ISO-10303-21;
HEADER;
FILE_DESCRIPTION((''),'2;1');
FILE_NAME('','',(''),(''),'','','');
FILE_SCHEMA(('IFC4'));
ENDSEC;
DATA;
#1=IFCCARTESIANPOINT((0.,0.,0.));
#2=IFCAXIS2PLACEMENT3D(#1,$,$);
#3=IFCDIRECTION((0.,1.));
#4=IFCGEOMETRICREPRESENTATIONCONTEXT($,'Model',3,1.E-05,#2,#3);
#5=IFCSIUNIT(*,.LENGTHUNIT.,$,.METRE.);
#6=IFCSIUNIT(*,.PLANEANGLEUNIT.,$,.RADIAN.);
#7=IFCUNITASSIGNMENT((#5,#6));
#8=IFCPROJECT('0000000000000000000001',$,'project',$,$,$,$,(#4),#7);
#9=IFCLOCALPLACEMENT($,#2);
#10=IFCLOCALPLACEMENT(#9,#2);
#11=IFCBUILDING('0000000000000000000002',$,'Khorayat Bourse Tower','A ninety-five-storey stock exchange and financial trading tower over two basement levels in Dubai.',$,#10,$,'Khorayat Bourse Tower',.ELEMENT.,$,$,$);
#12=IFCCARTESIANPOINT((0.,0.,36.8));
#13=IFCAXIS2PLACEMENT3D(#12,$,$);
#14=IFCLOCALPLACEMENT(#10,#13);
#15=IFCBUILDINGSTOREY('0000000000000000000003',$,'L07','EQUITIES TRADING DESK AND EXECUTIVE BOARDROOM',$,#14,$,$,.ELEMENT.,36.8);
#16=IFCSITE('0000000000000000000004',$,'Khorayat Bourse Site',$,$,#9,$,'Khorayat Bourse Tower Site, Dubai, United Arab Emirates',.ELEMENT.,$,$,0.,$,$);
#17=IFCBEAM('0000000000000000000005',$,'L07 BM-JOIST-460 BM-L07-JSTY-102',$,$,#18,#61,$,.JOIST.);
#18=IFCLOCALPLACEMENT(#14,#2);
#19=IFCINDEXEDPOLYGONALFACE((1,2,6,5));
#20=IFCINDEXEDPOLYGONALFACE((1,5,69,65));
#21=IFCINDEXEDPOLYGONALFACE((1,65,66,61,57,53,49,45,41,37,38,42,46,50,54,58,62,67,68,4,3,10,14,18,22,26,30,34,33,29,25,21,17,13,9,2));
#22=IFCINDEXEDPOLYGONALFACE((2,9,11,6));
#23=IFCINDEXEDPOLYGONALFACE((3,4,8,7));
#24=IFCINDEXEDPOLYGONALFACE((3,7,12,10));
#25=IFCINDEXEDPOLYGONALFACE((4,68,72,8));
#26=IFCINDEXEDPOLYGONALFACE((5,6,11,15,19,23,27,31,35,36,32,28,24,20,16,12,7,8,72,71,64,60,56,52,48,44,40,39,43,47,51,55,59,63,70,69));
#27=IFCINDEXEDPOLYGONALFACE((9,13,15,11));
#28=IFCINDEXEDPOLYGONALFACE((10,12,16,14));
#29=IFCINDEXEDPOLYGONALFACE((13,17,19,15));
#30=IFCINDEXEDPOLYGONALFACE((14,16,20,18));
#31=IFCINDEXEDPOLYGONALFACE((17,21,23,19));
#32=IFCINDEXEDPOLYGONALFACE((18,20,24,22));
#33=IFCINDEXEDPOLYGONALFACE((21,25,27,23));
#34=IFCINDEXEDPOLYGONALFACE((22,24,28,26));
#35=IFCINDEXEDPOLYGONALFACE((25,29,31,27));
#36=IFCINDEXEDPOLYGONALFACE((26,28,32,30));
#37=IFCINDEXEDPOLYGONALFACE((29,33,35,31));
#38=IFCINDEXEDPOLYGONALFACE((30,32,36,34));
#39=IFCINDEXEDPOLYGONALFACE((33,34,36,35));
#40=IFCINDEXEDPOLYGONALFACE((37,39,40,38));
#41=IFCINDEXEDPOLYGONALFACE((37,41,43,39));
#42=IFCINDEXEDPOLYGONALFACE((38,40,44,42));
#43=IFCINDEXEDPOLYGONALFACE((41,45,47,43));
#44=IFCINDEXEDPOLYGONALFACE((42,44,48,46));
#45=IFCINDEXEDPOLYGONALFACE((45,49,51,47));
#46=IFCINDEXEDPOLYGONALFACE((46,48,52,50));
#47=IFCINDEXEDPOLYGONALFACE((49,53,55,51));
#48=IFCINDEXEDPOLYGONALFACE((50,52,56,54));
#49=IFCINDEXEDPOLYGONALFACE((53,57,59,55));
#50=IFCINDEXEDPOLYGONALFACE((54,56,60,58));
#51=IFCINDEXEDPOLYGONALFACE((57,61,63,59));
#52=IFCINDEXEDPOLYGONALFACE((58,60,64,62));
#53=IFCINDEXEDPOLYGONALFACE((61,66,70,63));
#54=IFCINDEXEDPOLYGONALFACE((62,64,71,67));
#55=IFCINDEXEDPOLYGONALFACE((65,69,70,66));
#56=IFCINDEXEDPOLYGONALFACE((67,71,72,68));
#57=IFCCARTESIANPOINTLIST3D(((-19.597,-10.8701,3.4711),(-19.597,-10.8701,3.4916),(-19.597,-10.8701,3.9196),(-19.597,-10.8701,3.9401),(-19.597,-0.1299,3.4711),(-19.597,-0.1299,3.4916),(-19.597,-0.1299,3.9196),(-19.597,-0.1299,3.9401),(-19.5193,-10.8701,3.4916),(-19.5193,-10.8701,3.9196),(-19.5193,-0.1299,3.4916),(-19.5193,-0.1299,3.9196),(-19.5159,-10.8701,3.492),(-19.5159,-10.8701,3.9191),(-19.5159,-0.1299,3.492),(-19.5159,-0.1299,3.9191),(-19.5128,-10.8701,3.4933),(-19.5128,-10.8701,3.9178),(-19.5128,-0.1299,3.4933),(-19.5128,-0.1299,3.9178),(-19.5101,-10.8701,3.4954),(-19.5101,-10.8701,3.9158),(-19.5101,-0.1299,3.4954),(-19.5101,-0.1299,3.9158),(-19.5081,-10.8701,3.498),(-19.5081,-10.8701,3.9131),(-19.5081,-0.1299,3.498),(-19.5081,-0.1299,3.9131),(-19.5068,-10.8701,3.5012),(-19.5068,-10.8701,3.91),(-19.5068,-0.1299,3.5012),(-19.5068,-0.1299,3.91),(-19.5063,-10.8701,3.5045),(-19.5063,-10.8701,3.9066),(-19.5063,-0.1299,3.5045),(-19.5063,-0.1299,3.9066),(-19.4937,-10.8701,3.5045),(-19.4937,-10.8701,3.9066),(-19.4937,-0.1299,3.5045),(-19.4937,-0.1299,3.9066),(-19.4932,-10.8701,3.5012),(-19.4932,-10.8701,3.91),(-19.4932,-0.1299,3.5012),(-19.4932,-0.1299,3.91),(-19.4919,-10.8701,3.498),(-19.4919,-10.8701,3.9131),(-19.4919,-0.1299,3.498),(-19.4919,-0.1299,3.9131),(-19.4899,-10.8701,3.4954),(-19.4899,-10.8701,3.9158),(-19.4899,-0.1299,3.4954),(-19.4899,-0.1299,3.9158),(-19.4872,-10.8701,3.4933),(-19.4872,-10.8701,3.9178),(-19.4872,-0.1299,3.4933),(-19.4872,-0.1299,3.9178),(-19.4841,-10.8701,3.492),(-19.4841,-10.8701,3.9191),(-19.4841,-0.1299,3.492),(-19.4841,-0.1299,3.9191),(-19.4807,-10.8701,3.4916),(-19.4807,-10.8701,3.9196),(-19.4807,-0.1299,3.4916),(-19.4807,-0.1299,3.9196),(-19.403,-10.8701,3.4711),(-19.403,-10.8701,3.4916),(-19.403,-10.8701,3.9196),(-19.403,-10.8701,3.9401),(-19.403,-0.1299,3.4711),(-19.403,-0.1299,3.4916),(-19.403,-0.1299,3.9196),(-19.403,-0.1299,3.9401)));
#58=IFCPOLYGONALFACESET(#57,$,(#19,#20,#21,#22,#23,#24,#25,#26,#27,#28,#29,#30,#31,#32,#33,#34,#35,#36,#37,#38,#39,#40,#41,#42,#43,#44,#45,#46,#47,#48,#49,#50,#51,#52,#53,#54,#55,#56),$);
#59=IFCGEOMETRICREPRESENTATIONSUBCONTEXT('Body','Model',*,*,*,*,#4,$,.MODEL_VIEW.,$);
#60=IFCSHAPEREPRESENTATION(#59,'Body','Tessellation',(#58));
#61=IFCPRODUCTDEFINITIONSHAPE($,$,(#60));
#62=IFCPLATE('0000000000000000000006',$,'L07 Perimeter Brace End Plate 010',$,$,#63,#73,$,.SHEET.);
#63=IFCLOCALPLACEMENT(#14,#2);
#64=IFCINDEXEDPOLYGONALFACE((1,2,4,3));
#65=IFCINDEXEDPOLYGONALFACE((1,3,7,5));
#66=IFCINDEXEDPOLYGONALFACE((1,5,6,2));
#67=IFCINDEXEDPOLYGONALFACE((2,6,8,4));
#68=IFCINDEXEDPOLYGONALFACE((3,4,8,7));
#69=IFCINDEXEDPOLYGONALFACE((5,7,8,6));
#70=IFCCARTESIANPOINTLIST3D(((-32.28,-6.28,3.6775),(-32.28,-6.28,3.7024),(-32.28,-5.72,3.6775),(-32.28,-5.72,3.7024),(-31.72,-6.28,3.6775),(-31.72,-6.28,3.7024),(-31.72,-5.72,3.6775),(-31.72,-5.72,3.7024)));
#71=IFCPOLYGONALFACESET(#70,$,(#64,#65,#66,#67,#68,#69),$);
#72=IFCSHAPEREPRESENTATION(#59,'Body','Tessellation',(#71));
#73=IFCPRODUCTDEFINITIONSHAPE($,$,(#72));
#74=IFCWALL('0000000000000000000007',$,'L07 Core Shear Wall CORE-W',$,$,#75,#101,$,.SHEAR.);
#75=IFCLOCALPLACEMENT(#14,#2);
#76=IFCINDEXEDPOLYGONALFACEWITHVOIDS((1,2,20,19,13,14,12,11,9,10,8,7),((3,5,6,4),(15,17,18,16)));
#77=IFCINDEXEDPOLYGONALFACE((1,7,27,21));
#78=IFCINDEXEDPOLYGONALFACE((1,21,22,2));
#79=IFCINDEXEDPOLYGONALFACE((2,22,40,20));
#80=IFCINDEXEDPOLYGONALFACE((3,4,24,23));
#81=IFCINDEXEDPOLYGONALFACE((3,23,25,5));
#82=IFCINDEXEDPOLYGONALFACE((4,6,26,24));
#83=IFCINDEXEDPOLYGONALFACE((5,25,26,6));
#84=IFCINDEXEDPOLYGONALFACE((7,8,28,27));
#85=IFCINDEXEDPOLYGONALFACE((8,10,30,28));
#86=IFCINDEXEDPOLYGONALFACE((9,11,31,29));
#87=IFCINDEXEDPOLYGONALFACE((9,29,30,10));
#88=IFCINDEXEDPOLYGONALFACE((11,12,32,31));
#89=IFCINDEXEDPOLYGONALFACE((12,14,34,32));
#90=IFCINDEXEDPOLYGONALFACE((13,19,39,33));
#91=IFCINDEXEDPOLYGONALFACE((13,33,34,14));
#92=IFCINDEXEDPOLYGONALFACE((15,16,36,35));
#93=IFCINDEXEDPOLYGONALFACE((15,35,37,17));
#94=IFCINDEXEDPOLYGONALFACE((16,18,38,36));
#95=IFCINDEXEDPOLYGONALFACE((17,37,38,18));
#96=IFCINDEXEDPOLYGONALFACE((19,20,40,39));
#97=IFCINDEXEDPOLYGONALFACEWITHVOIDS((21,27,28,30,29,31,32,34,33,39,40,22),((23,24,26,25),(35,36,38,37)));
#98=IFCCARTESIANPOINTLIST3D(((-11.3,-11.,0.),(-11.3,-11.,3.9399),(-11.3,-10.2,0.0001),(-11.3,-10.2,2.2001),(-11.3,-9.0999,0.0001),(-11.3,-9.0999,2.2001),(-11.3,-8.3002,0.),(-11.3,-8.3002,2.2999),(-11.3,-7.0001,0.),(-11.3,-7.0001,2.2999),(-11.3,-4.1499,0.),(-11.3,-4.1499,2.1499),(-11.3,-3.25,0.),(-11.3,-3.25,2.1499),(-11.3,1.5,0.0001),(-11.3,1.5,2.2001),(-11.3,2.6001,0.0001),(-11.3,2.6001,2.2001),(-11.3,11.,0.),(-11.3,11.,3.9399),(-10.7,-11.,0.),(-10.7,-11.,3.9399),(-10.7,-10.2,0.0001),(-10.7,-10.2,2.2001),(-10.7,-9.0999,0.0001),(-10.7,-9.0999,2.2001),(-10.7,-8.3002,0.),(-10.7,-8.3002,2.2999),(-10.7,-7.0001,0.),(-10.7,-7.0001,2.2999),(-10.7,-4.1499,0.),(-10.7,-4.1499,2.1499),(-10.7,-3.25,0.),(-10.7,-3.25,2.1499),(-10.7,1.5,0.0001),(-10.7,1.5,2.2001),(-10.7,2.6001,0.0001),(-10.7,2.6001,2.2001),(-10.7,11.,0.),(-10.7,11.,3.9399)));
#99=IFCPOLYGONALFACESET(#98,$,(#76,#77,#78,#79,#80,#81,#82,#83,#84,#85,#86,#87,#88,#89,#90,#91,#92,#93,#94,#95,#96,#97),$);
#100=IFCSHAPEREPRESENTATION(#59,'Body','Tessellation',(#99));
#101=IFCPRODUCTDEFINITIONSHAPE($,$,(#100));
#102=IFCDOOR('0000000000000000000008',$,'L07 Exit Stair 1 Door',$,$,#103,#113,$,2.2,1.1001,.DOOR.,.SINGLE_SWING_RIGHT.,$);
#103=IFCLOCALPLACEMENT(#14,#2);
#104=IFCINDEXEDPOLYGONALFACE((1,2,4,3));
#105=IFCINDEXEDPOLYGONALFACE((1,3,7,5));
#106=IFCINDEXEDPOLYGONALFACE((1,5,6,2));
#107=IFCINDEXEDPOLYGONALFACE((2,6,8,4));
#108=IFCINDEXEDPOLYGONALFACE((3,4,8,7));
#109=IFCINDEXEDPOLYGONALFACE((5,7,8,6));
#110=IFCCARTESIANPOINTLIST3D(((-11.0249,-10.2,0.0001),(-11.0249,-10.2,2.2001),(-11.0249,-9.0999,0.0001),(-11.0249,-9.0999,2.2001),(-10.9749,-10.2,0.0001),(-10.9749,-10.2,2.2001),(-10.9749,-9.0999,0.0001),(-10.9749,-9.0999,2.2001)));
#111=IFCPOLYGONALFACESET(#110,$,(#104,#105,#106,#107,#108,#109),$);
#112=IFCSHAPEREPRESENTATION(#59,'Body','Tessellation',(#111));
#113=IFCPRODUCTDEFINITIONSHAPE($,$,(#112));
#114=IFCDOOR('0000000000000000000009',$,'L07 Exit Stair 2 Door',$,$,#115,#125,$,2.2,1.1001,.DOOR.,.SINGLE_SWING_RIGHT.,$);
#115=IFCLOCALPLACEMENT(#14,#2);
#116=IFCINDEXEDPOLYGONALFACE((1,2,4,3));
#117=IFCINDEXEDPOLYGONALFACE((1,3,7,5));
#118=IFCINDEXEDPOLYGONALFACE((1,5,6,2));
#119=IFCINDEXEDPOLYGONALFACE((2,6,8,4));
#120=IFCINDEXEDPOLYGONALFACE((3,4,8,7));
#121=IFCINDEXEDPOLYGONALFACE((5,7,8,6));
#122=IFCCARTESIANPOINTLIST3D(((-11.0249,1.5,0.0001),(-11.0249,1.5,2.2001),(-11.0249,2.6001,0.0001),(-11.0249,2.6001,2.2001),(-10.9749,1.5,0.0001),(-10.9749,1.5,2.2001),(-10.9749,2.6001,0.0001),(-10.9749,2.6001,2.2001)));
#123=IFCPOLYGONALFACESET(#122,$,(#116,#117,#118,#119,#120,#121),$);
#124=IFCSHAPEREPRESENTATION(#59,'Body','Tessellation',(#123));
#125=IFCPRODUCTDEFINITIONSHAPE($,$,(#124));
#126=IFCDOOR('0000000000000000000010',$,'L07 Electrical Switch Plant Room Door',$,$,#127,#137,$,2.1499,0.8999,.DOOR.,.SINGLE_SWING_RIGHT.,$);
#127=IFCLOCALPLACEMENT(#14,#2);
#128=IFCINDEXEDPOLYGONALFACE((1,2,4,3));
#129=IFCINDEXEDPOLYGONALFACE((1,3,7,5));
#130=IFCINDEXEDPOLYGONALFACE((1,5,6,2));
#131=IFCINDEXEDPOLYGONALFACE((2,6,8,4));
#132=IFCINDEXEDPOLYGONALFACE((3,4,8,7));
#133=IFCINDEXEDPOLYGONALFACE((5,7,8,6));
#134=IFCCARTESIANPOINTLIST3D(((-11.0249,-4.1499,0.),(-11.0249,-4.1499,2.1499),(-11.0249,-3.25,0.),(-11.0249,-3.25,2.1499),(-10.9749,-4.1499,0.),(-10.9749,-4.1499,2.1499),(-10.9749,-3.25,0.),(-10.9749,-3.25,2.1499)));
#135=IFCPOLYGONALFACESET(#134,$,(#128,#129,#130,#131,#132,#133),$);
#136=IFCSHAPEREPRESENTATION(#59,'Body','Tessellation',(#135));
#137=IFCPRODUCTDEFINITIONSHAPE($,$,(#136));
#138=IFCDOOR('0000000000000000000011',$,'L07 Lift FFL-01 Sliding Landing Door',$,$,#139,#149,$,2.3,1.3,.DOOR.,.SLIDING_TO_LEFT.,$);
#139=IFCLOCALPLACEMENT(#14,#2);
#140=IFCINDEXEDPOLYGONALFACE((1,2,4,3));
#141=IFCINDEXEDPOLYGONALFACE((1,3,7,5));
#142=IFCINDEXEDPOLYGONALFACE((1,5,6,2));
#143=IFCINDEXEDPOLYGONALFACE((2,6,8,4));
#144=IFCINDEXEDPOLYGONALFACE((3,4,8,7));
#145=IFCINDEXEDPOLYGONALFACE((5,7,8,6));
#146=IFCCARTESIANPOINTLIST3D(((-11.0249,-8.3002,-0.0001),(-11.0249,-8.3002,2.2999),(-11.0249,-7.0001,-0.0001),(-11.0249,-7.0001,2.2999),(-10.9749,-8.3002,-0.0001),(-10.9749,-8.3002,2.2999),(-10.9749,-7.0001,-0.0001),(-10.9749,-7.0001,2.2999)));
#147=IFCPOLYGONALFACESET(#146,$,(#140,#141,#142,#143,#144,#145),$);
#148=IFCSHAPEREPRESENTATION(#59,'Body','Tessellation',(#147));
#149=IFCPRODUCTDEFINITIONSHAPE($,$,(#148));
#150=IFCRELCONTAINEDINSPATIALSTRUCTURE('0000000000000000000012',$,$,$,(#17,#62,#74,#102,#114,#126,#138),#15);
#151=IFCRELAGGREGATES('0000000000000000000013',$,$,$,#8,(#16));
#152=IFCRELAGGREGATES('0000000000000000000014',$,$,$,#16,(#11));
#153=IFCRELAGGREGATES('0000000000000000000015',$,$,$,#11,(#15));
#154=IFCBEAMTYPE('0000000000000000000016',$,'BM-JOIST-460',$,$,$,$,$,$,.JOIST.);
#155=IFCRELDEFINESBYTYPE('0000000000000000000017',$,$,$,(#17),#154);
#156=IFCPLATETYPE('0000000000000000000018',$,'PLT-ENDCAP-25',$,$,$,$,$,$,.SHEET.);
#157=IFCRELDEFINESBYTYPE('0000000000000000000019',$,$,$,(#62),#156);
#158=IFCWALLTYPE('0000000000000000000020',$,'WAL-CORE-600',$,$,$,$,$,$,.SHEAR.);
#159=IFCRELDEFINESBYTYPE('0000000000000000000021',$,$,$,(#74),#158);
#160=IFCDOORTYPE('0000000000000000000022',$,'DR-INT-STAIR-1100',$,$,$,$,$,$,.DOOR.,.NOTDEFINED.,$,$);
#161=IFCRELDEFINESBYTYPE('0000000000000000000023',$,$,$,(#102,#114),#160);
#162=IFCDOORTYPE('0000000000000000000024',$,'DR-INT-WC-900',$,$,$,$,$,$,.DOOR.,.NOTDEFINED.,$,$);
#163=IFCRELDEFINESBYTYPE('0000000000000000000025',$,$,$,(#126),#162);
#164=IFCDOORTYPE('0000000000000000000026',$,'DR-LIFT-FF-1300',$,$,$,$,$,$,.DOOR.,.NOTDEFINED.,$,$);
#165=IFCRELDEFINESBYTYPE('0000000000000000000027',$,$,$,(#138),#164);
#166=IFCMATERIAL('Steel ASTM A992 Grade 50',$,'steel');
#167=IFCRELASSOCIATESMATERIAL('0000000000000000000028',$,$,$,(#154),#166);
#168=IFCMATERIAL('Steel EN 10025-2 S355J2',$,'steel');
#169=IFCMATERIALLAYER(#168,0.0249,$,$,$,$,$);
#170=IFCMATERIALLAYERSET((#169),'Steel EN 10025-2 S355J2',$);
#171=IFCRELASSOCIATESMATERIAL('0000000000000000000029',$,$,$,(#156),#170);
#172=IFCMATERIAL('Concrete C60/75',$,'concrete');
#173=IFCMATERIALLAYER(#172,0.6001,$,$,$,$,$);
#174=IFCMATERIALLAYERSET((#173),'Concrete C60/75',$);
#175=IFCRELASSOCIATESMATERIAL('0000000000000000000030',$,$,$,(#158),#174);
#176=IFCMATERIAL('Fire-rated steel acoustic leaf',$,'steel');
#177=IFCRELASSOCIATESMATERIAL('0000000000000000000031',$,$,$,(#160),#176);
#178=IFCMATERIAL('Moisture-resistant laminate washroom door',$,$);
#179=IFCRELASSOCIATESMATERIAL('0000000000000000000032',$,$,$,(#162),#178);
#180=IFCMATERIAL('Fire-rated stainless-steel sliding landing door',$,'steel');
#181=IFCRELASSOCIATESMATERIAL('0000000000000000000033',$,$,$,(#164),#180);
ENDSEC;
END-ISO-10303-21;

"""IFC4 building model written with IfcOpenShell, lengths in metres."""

from ifc_helpers import new_model, si_unit, direction, frame, frame_2d, origin, origin_2d, place, context, subcontext, project, spatial, rectangle, i_section, extrude, source, transform, mapped, material, layer, layer_set, material_profile, profile_set, type_object, element, fill, save


model = new_model("IFC4")

# Units and contexts
model_context = context("Model", 3, precision=1e-05, world=origin(), true_north=direction((0.0, 1.0)))
body_context = subcontext(model_context, "Body", "Model", "MODEL_VIEW")
ifc_project = project(units=[si_unit("LENGTHUNIT", "METRE"), si_unit("PLANEANGLEUNIT", "RADIAN")], contexts=[model_context])

# Site, building, storey
site_placement = place(None, origin())
site = spatial("IfcSite", under=ifc_project, at=site_placement, Name="Khorayat Bourse Site", LongName="Khorayat Bourse Tower Site, Dubai, United Arab Emirates", CompositionType="ELEMENT", RefElevation=0.0)
building_placement = place(site_placement, origin())
building = spatial("IfcBuilding", under=site, at=building_placement, Name="Khorayat Bourse Tower", Description="A ninety-five-storey stock exchange and financial trading tower over two basement levels in Dubai.", LongName="Khorayat Bourse Tower", CompositionType="ELEMENT")
storey_placement = place(building_placement, frame((0.0, 0.0, 36.8)))
storey = spatial("IfcBuildingStorey", under=building, at=storey_placement, Name="L07", Description="EQUITIES TRADING DESK AND EXECUTIVE BOARDROOM", CompositionType="ELEMENT", Elevation=36.8)

# Beam
ifc_material_1 = material(Name="Steel ASTM A992 Grade 50", Category="steel")
ifc_material_profile_1 = material_profile(ifc_material_1, i_section(OverallWidth=0.1941, OverallDepth=0.469, WebThickness=0.0127, FlangeThickness=0.0205, FilletRadius=0.0129, at=origin_2d()), Name="W460X106")
ifc_profile_set_1 = profile_set([ifc_material_profile_1], Name="Steel ASTM A992 Grade 50")
beam_type_1 = type_object("IfcBeamType", Name="BM-JOIST-460", PredefinedType="JOIST", material=ifc_profile_set_1)
shared_shape_1 = source(origin(), body_context, "Body", "SweptSolid", [
    extrude(i_section(OverallWidth=0.1941, OverallDepth=0.469, WebThickness=0.0127, FlangeThickness=0.0205, FilletRadius=0.0129, at=origin_2d()), origin(), (0.0, 0.0, 1.0), 10.7402),
])
beam_1_placement = place(storey_placement, frame((-19.5, -10.8701, 3.7056), z_axis=(0.0, 1.0, 0.0), x_axis=(-1.0, 0.0, 0.0)))
element("IfcBeam", 1, at=beam_1_placement, inside=storey, type_object=beam_type_1, Name="L07 BM-JOIST-460 BM-L07-JSTY-102", PredefinedType="JOIST", context=body_context, shape_type="MappedRepresentation", body=[
    mapped(shared_shape_1, transform((0.0, 0.0, 0.0), scale=1.0)),
])

# Plate
ifc_material_2 = material(Name="Steel EN 10025-2 S355J2", Category="steel")
ifc_layer_1 = layer(ifc_material_2, 0.0249)
ifc_layer_set_1 = layer_set([ifc_layer_1], Name="Steel EN 10025-2 S355J2")
plate_type = type_object("IfcPlateType", Name="PLT-ENDCAP-25", PredefinedType="SHEET", material=ifc_layer_set_1)
shared_shape_2 = source(origin(), body_context, "Body", "SweptSolid", [
    extrude(rectangle(XDim=0.5601, YDim=0.5601, at=origin_2d()), origin(), (0.0, 0.0, 1.0), 0.0249),
])
plate_placement = place(storey_placement, frame((-32.0, -6.0, 3.6775), z_axis=(0.0, 0.0, 1.0), x_axis=(1.0, 0.0, 0.0)))
element("IfcPlate", 2, at=plate_placement, inside=storey, type_object=plate_type, Name="L07 Perimeter Brace End Plate 010", PredefinedType="SHEET", context=body_context, shape_type="MappedRepresentation", body=[
    mapped(shared_shape_2, transform((0.0, 0.0, 0.0), scale=1.0)),
])

# Wall, openings, doors
ifc_material_3 = material(Name="Concrete C60/75", Category="concrete")
ifc_layer_2 = layer(ifc_material_3, 0.6001)
ifc_layer_set_2 = layer_set([ifc_layer_2], Name="Concrete C60/75")
wall_type_1 = type_object("IfcWallType", Name="WAL-CORE-600", PredefinedType="SHEAR", material=ifc_layer_set_2)
shared_shape_3 = source(origin(), body_context, "Body", "SweptSolid", [
    extrude(rectangle(XDim=22.0, YDim=0.6001, at=frame_2d((11.0, 0.0))), origin(), (0.0, 0.0, 1.0), 3.9399),
])
wall_1_placement = place(storey_placement, frame((-11.0, -11.0, 0.0), z_axis=(0.0, 0.0, 1.0), x_axis=(0.0, 1.0, 0.0)))
wall_1 = element("IfcWall", 3, at=wall_1_placement, inside=storey, type_object=wall_type_1, Name="L07 Core Shear Wall CORE-W", PredefinedType="SHEAR", context=body_context, shape_type="MappedRepresentation", body=[
    mapped(shared_shape_3, transform((0.0, 0.0, 0.0), scale=1.0)),
])
shared_shape_4 = source(origin(), body_context, "Body", "SweptSolid", [
    extrude(rectangle(XDim=1.1001, YDim=2.2, at=frame_2d((0.55, 1.1001))), frame((0.0, 0.3101, 0.0), z_axis=(0.0, -1.0, 0.0), x_axis=(1.0, 0.0, 0.0)), (0.0, 0.0, 1.0), 0.6201),
])
opening_1_placement = place(wall_1_placement, frame((0.8, 0.0, 0.0)))
opening_1 = element("IfcOpeningElement", 4, at=opening_1_placement, cuts=wall_1, PredefinedType="OPENING", context=body_context, shape_type="MappedRepresentation", body=[
    mapped(shared_shape_4, transform((0.0, 0.0, 0.0), scale=1.0)),
])
opening_2_placement = place(wall_1_placement, frame((12.5, 0.0, 0.0)))
opening_2 = element("IfcOpeningElement", 5, at=opening_2_placement, cuts=wall_1, PredefinedType="OPENING", context=body_context, shape_type="MappedRepresentation", body=[
    mapped(shared_shape_4, transform((0.0, 0.0, 0.0), scale=1.0)),
])
shared_shape_5 = source(origin(), body_context, "Body", "SweptSolid", [
    extrude(rectangle(XDim=0.8999, YDim=2.1499, at=frame_2d((0.45, 1.075))), frame((0.0, 0.3101, 0.0), z_axis=(0.0, -1.0, 0.0), x_axis=(1.0, 0.0, 0.0)), (0.0, 0.0, 1.0), 0.6201),
])
opening_3_placement = place(wall_1_placement, frame((6.8501, 0.0, 0.0)))
opening_3 = element("IfcOpeningElement", 6, at=opening_3_placement, cuts=wall_1, PredefinedType="OPENING", context=body_context, shape_type="MappedRepresentation", body=[
    mapped(shared_shape_5, transform((0.0, 0.0, 0.0), scale=1.0)),
])
shared_shape_6 = source(origin(), body_context, "Body", "SweptSolid", [
    extrude(rectangle(XDim=1.3, YDim=2.3, at=frame_2d((0.6499, 1.1499))), frame((0.0, 0.3101, 0.0), z_axis=(0.0, -1.0, 0.0), x_axis=(1.0, 0.0, 0.0)), (0.0, 0.0, 1.0), 0.6201),
])
opening_4_placement = place(wall_1_placement, frame((2.7, 0.0, 0.0)))
opening_4 = element("IfcOpeningElement", 7, at=opening_4_placement, cuts=wall_1, PredefinedType="OPENING", context=body_context, shape_type="MappedRepresentation", body=[
    mapped(shared_shape_6, transform((0.0, 0.0, 0.0), scale=1.0)),
])
ifc_material_4 = material(Name="Fire-rated steel acoustic leaf", Category="steel")
door_type_1 = type_object("IfcDoorType", Name="DR-INT-STAIR-1100", OperationType="NOTDEFINED", PredefinedType="DOOR", material=ifc_material_4)
shared_shape_7 = source(origin(), body_context, "Body", "SweptSolid", [
    extrude(rectangle(XDim=1.1001, YDim=2.2, at=frame_2d((0.55, 1.1001))), frame((0.0, 0.0249, 0.0), z_axis=(0.0, -1.0, 0.0), x_axis=(1.0, 0.0, 0.0)), (0.0, 0.0, 1.0), 0.05),
])
door_1_placement = place(opening_1_placement, origin())
door_1 = element("IfcDoor", 8, at=door_1_placement, inside=storey, type_object=door_type_1, Name="L07 Exit Stair 1 Door", OperationType="SINGLE_SWING_RIGHT", OverallHeight=2.2, OverallWidth=1.1001, PredefinedType="DOOR", context=body_context, shape_type="MappedRepresentation", body=[
    mapped(shared_shape_7, transform((0.0, 0.0, 0.0), scale=1.0)),
])
fill(opening_1, door_1)
door_2_placement = place(opening_2_placement, origin())
door_2 = element("IfcDoor", 9, at=door_2_placement, inside=storey, type_object=door_type_1, Name="L07 Exit Stair 2 Door", OperationType="SINGLE_SWING_RIGHT", OverallHeight=2.2, OverallWidth=1.1001, PredefinedType="DOOR", context=body_context, shape_type="MappedRepresentation", body=[
    mapped(shared_shape_7, transform((0.0, 0.0, 0.0), scale=1.0)),
])
fill(opening_2, door_2)
ifc_material_5 = material(Name="Moisture-resistant laminate washroom door")
door_type_2 = type_object("IfcDoorType", Name="DR-INT-WC-900", OperationType="NOTDEFINED", PredefinedType="DOOR", material=ifc_material_5)
shared_shape_8 = source(origin(), body_context, "Body", "SweptSolid", [
    extrude(rectangle(XDim=0.8999, YDim=2.1499, at=frame_2d((0.45, 1.075))), frame((0.0, 0.0249, 0.0), z_axis=(0.0, -1.0, 0.0), x_axis=(1.0, 0.0, 0.0)), (0.0, 0.0, 1.0), 0.05),
])
door_3_placement = place(opening_3_placement, origin())
door_3 = element("IfcDoor", 10, at=door_3_placement, inside=storey, type_object=door_type_2, Name="L07 Electrical Switch Plant Room Door", OperationType="SINGLE_SWING_RIGHT", OverallHeight=2.1499, OverallWidth=0.8999, PredefinedType="DOOR", context=body_context, shape_type="MappedRepresentation", body=[
    mapped(shared_shape_8, transform((0.0, 0.0, 0.0), scale=1.0)),
])
fill(opening_3, door_3)
ifc_material_6 = material(Name="Fire-rated stainless-steel sliding landing door", Category="steel")
door_type_3 = type_object("IfcDoorType", Name="DR-LIFT-FF-1300", OperationType="NOTDEFINED", PredefinedType="DOOR", material=ifc_material_6)
shared_shape_9 = source(origin(), body_context, "Body", "SweptSolid", [
    extrude(rectangle(XDim=1.3, YDim=2.3, at=frame_2d((0.6499, 1.1499))), frame((0.0, 0.0249, 0.0), z_axis=(0.0, -1.0, 0.0), x_axis=(1.0, 0.0, 0.0)), (0.0, 0.0, 1.0), 0.05),
])
door_4_placement = place(opening_4_placement, origin())
door_4 = element("IfcDoor", 11, at=door_4_placement, inside=storey, type_object=door_type_3, Name="L07 Lift FFL-01 Sliding Landing Door", OperationType="SLIDING_TO_LEFT", OverallHeight=2.3, OverallWidth=1.3, PredefinedType="DOOR", context=body_context, shape_type="MappedRepresentation", body=[
    mapped(shared_shape_9, transform((0.0, 0.0, 0.0), scale=1.0)),
])
fill(opening_4, door_4)

save(model, "model.ifc")
